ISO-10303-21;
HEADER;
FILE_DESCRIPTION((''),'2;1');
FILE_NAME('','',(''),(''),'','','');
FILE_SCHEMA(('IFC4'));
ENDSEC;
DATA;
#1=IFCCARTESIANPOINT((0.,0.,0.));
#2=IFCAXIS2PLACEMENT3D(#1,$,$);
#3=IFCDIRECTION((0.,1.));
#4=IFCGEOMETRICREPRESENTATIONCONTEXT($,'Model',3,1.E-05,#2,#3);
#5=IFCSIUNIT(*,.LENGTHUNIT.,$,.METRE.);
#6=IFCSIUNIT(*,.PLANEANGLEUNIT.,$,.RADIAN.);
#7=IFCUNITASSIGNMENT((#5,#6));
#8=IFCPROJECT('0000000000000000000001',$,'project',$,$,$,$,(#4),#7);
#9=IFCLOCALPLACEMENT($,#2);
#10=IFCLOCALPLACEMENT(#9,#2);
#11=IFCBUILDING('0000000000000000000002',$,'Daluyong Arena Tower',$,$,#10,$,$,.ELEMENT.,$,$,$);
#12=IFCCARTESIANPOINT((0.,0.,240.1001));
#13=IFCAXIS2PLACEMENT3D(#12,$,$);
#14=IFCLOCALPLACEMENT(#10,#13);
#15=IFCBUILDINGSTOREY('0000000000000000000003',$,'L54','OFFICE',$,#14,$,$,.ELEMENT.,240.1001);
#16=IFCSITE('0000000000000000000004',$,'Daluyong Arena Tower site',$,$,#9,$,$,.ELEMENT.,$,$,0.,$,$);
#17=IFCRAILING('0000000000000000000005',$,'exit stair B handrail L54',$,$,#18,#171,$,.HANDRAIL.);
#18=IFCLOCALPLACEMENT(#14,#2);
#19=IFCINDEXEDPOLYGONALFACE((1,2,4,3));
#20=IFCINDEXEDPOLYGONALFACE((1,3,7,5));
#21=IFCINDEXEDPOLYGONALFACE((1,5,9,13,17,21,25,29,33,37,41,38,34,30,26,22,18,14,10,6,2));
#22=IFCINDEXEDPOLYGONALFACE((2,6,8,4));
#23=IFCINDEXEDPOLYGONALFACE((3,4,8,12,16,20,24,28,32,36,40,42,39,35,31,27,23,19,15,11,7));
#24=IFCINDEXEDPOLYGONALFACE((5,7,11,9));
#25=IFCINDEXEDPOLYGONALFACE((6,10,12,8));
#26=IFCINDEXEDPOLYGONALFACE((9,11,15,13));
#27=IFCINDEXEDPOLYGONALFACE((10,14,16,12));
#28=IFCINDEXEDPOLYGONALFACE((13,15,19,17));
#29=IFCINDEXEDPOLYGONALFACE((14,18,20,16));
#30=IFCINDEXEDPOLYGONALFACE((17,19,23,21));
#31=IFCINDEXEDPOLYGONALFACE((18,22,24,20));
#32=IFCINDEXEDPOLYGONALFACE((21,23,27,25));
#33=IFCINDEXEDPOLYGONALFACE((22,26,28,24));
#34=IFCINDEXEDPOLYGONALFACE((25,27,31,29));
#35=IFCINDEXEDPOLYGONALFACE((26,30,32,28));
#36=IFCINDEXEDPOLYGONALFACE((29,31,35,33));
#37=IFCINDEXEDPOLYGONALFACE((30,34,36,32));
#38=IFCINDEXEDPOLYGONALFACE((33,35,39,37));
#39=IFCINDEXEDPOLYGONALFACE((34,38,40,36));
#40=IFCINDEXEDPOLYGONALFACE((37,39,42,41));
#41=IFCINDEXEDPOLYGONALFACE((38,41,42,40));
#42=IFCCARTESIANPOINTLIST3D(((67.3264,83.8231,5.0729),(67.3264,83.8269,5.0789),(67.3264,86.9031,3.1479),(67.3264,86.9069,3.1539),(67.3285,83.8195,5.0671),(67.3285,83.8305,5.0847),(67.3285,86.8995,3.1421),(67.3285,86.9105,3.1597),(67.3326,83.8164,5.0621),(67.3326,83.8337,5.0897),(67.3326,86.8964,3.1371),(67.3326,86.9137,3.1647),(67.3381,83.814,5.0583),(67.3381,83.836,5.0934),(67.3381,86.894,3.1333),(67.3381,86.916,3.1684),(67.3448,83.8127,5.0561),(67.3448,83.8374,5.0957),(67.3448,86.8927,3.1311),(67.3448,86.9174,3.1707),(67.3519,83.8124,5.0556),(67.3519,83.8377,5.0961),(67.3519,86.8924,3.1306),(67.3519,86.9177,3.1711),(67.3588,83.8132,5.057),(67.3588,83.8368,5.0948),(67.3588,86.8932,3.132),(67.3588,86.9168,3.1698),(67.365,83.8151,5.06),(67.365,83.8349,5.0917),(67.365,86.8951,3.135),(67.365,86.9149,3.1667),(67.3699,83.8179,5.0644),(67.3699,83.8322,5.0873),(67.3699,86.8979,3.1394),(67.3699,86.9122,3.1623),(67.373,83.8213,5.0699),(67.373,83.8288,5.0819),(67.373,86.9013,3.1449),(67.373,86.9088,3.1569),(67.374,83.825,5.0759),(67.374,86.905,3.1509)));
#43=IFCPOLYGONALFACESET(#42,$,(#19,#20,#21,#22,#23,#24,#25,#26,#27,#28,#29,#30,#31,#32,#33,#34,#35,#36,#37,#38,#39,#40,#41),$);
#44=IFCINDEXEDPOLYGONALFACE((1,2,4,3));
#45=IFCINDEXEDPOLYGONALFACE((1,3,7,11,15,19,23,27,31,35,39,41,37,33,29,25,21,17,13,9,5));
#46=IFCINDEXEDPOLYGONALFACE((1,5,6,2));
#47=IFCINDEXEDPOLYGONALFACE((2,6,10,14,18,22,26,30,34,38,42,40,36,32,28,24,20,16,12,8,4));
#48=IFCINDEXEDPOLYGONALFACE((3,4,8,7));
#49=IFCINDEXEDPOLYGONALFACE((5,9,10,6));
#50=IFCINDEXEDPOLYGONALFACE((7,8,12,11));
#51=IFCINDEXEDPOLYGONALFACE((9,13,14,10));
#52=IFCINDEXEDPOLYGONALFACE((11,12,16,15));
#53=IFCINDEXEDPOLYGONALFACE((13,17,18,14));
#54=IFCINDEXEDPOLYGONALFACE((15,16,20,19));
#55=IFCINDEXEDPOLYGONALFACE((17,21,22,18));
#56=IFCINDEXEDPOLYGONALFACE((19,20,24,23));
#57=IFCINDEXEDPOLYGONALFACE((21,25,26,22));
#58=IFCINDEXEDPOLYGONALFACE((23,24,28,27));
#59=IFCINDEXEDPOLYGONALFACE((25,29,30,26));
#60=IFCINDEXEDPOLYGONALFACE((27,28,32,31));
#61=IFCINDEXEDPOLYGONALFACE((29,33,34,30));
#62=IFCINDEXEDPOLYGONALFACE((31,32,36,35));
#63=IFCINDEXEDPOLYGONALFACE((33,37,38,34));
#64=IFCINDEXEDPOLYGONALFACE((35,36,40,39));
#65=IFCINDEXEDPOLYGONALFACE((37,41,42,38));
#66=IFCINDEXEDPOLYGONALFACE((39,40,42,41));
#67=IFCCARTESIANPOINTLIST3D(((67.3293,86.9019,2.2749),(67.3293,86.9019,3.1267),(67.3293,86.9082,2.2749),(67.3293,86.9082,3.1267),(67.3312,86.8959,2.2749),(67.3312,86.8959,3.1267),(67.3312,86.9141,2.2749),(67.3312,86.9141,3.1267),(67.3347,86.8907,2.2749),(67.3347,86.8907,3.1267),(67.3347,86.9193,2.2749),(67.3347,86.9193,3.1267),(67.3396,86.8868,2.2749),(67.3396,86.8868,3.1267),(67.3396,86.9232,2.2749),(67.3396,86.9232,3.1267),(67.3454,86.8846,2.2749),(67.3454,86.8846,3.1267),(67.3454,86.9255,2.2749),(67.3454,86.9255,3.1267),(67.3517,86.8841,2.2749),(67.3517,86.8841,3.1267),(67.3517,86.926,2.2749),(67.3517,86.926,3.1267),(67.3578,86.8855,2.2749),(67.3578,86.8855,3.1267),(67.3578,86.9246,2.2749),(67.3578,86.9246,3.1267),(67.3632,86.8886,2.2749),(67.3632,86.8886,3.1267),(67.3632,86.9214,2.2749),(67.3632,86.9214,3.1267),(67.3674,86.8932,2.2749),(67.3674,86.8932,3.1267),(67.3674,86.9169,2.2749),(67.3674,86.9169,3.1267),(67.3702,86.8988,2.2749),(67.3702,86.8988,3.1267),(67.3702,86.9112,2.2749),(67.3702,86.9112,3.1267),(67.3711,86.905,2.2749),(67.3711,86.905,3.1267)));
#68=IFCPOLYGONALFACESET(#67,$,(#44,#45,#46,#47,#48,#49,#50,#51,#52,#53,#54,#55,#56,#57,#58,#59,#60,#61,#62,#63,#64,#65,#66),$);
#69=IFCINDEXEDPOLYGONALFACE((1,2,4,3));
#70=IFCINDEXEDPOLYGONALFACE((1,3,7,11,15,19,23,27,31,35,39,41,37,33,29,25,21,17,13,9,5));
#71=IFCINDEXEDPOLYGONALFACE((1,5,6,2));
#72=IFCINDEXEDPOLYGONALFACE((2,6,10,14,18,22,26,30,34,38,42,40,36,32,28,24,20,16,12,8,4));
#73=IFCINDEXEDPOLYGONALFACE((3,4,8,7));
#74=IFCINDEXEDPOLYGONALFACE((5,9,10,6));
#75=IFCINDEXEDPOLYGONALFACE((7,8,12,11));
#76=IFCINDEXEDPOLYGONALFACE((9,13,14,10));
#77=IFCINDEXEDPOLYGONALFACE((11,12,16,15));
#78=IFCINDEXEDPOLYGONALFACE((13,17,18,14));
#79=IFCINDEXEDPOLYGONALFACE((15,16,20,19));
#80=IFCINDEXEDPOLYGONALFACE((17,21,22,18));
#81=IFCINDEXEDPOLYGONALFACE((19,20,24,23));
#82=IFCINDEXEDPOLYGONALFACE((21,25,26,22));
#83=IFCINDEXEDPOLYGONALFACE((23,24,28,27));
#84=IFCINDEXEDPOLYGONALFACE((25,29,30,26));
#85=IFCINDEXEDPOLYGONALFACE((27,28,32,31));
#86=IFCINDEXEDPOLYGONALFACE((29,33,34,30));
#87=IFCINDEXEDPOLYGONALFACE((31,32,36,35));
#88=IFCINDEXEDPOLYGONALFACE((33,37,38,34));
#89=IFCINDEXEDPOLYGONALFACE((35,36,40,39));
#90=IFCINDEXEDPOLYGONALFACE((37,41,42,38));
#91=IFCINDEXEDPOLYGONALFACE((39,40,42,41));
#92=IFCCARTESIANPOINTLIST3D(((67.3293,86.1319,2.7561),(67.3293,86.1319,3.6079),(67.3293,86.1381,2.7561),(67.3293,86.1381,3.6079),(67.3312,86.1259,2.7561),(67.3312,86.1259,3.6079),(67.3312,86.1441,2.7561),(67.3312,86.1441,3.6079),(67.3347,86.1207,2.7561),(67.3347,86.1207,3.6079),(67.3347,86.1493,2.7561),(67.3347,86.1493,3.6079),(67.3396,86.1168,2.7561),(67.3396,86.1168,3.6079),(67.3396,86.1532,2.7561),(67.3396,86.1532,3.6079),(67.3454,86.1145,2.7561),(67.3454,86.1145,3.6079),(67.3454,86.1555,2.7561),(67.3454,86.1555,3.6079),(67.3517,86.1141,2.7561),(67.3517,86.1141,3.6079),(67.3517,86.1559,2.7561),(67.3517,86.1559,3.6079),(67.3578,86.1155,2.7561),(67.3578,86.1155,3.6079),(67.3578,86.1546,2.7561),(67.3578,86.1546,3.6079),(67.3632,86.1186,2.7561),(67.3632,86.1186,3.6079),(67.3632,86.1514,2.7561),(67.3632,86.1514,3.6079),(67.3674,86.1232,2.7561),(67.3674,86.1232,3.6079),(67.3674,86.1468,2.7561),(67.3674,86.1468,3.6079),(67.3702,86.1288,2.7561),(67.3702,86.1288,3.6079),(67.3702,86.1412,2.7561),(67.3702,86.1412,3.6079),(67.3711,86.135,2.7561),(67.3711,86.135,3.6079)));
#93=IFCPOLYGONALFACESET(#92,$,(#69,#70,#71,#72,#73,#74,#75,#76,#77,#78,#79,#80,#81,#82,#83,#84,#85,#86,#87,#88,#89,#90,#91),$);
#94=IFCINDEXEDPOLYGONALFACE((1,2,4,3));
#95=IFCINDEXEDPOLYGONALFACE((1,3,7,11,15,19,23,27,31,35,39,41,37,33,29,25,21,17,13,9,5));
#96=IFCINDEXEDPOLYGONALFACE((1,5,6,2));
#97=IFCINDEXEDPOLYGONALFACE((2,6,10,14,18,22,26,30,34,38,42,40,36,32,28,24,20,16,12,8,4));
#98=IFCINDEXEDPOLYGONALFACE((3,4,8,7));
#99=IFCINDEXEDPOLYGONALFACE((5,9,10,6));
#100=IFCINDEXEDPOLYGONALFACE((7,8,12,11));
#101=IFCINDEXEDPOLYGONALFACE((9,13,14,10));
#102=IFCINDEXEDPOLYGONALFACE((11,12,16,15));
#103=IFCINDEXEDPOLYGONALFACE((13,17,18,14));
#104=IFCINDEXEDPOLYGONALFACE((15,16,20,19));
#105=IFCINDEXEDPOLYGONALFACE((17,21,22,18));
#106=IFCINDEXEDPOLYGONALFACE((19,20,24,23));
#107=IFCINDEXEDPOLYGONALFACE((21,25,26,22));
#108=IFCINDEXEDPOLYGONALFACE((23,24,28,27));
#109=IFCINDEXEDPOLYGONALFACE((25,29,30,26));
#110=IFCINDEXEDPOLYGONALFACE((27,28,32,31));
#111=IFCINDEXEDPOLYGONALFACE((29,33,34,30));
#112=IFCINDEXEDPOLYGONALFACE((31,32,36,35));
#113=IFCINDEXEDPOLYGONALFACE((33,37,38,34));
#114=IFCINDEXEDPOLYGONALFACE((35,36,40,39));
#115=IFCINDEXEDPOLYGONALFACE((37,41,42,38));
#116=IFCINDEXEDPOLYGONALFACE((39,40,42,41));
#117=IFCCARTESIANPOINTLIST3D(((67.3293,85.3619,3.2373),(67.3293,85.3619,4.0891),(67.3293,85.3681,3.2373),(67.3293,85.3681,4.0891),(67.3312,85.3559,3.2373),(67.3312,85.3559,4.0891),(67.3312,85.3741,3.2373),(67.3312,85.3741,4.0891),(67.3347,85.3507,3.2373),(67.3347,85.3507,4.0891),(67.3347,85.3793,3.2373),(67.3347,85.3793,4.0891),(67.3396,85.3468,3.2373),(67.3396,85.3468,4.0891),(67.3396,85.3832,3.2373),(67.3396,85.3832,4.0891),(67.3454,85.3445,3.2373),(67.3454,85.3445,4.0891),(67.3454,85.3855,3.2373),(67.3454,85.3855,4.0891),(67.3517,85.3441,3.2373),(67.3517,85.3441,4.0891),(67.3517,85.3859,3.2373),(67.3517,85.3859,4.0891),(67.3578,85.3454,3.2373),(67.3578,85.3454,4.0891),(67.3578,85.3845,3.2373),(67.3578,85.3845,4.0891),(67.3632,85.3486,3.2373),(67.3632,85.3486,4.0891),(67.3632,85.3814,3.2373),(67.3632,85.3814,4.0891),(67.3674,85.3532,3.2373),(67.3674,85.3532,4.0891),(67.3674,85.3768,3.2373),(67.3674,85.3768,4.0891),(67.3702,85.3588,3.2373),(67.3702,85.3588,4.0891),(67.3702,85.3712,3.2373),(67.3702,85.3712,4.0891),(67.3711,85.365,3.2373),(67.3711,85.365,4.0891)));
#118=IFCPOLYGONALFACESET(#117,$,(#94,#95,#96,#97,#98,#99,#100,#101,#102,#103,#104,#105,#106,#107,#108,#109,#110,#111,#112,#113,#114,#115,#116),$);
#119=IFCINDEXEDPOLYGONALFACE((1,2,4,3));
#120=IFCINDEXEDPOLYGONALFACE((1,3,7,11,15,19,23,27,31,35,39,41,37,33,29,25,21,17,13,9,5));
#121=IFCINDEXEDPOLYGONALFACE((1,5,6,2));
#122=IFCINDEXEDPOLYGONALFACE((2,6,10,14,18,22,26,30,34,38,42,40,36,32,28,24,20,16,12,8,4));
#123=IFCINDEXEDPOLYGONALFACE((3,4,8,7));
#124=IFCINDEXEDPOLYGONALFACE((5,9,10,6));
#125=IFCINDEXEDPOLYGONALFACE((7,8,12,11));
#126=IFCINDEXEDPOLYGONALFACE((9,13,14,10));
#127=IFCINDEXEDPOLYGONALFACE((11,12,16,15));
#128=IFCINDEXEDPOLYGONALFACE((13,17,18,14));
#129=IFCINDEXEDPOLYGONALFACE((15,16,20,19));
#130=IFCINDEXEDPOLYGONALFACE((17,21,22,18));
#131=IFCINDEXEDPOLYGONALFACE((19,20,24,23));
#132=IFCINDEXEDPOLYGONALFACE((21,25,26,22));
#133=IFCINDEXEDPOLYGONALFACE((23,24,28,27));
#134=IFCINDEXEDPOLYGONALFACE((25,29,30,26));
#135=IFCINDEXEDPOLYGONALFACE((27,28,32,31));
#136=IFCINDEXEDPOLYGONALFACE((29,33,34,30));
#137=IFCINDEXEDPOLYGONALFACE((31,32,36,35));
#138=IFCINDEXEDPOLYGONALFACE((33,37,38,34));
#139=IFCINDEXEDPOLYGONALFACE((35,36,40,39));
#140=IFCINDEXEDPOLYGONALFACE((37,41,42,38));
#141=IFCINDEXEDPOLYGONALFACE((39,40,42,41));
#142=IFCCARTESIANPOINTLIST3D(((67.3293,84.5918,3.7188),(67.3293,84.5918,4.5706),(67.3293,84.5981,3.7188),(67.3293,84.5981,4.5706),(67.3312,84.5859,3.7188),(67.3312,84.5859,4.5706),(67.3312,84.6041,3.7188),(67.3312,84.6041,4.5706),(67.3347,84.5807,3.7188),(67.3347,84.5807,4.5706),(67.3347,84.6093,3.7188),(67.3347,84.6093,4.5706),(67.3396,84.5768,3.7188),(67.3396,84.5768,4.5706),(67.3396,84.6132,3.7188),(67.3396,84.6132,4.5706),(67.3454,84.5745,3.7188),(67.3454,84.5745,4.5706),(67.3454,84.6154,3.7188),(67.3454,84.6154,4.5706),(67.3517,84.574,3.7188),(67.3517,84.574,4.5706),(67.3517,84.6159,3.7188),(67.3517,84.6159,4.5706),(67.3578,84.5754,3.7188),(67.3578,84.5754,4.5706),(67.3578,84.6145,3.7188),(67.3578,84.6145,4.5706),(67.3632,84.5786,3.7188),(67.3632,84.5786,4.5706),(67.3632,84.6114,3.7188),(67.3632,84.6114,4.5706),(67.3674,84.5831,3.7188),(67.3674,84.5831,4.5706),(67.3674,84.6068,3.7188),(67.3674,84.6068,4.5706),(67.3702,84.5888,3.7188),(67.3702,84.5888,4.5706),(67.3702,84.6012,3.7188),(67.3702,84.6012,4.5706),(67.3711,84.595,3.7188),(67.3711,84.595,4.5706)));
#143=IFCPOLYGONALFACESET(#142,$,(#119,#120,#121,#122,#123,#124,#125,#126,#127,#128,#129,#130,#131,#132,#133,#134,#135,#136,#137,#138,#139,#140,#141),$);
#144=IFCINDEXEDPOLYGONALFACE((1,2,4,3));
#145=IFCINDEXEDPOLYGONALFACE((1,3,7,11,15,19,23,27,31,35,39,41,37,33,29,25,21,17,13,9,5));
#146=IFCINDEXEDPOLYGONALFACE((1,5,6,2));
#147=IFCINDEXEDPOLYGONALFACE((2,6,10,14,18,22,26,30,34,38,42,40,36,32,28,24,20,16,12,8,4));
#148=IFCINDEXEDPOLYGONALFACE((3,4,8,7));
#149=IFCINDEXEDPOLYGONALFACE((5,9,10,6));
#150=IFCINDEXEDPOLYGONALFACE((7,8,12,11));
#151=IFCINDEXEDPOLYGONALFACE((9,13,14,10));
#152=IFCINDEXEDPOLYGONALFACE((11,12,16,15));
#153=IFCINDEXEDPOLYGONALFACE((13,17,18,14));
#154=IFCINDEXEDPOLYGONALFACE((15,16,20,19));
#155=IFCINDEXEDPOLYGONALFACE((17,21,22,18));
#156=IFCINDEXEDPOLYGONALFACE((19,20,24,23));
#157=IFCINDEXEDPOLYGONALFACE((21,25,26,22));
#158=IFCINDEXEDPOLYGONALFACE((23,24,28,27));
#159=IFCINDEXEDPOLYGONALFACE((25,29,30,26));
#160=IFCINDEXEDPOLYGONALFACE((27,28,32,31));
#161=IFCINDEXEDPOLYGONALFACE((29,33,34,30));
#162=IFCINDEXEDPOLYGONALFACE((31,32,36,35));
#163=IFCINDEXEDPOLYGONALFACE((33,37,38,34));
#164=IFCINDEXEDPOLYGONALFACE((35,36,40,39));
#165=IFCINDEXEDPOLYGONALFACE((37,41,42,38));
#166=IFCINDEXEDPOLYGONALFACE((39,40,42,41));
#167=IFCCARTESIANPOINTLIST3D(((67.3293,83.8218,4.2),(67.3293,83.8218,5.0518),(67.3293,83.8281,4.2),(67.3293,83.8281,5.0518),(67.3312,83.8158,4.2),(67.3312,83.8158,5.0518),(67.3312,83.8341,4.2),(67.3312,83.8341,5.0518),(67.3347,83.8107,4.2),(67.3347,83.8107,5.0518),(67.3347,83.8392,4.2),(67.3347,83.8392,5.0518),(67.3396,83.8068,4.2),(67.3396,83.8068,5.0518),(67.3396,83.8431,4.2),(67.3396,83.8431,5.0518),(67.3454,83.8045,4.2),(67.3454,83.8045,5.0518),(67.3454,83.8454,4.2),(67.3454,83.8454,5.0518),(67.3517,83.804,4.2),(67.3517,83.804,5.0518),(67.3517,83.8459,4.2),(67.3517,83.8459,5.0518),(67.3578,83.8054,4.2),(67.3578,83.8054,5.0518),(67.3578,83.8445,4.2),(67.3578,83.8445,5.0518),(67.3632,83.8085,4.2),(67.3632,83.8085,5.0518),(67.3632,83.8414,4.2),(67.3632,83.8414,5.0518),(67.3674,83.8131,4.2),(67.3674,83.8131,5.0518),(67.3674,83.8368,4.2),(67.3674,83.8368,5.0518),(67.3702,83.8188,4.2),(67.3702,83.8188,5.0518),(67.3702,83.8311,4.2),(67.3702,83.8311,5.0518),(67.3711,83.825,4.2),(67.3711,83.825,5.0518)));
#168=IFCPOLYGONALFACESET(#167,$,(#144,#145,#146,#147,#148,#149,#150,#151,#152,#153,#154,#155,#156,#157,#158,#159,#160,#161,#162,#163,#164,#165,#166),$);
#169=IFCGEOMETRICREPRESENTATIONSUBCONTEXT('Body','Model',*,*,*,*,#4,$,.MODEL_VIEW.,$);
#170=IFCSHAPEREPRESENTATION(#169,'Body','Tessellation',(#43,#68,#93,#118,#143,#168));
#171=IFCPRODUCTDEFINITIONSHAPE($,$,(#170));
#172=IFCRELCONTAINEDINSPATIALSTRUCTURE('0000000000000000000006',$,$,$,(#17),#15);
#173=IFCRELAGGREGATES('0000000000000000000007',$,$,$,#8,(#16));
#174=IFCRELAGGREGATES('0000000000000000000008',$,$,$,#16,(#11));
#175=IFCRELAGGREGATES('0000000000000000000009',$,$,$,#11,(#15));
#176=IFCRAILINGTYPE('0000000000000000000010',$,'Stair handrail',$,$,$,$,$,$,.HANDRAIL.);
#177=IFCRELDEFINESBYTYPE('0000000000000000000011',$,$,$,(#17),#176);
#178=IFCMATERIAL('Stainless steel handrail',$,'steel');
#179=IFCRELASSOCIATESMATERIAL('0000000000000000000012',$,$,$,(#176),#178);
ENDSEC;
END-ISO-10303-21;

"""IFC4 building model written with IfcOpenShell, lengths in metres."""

from ifc_helpers import new_model, si_unit, direction, frame, origin, origin_2d, place, context, subcontext, project, spatial, circle, extrude, material, type_object, element, save


model = new_model("IFC4")

# Units and contexts
model_context = context("Model", 3, precision=1e-05, world=origin(), true_north=direction((0.0, 1.0)))
body_context = subcontext(model_context, "Body", "Model", "MODEL_VIEW")
ifc_project = project(units=[si_unit("LENGTHUNIT", "METRE"), si_unit("PLANEANGLEUNIT", "RADIAN")], contexts=[model_context])

# Site, building, storey
site_placement = place(None, origin())
site = spatial("IfcSite", under=ifc_project, at=site_placement, Name="Daluyong Arena Tower site", CompositionType="ELEMENT", RefElevation=0.0)
building_placement = place(site_placement, origin())
building = spatial("IfcBuilding", under=site, at=building_placement, Name="Daluyong Arena Tower", CompositionType="ELEMENT")
storey_placement = place(building_placement, frame((0.0, 0.0, 240.1001)))
storey = spatial("IfcBuildingStorey", under=building, at=storey_placement, Name="L54", Description="OFFICE", CompositionType="ELEMENT", Elevation=240.1001)

# Railing
ifc_material_1 = material(Name="Stainless steel handrail", Category="steel")
railing_type_1 = type_object("IfcRailingType", Name="Stair handrail", PredefinedType="HANDRAIL", material=ifc_material_1)
railing_1_placement = place(storey_placement, frame((67.3501, 86.905, 2.2749)))
element("IfcRailing", 1, at=railing_1_placement, inside=storey, type_object=railing_type_1, Name="exit stair B handrail L54", PredefinedType="HANDRAIL", context=body_context, shape_type="SweptSolid", body=[
    extrude(circle(Radius=0.0239, at=origin_2d()), frame((0.0, 0.0, 0.876), z_axis=(0.0, -0.847998, 0.529999), x_axis=(1.0, 0.0, 0.0)), (0.0, 0.0, 1.0), 3.6321),
    extrude(circle(Radius=0.021, at=origin_2d()), origin(), (0.0, 0.0, 1.0), 0.8518),
    extrude(circle(Radius=0.021, at=origin_2d()), frame((0.0, -0.77, 0.4812)), (0.0, 0.0, 1.0), 0.8518),
    extrude(circle(Radius=0.021, at=origin_2d()), frame((0.0, -1.54, 0.9624)), (0.0, 0.0, 1.0), 0.8518),
    extrude(circle(Radius=0.021, at=origin_2d()), frame((0.0, -2.3101, 1.4438)), (0.0, 0.0, 1.0), 0.8518),
    extrude(circle(Radius=0.021, at=origin_2d()), frame((0.0, -3.0801, 1.925)), (0.0, 0.0, 1.0), 0.8518),
])

save(model, "model.ifc")
